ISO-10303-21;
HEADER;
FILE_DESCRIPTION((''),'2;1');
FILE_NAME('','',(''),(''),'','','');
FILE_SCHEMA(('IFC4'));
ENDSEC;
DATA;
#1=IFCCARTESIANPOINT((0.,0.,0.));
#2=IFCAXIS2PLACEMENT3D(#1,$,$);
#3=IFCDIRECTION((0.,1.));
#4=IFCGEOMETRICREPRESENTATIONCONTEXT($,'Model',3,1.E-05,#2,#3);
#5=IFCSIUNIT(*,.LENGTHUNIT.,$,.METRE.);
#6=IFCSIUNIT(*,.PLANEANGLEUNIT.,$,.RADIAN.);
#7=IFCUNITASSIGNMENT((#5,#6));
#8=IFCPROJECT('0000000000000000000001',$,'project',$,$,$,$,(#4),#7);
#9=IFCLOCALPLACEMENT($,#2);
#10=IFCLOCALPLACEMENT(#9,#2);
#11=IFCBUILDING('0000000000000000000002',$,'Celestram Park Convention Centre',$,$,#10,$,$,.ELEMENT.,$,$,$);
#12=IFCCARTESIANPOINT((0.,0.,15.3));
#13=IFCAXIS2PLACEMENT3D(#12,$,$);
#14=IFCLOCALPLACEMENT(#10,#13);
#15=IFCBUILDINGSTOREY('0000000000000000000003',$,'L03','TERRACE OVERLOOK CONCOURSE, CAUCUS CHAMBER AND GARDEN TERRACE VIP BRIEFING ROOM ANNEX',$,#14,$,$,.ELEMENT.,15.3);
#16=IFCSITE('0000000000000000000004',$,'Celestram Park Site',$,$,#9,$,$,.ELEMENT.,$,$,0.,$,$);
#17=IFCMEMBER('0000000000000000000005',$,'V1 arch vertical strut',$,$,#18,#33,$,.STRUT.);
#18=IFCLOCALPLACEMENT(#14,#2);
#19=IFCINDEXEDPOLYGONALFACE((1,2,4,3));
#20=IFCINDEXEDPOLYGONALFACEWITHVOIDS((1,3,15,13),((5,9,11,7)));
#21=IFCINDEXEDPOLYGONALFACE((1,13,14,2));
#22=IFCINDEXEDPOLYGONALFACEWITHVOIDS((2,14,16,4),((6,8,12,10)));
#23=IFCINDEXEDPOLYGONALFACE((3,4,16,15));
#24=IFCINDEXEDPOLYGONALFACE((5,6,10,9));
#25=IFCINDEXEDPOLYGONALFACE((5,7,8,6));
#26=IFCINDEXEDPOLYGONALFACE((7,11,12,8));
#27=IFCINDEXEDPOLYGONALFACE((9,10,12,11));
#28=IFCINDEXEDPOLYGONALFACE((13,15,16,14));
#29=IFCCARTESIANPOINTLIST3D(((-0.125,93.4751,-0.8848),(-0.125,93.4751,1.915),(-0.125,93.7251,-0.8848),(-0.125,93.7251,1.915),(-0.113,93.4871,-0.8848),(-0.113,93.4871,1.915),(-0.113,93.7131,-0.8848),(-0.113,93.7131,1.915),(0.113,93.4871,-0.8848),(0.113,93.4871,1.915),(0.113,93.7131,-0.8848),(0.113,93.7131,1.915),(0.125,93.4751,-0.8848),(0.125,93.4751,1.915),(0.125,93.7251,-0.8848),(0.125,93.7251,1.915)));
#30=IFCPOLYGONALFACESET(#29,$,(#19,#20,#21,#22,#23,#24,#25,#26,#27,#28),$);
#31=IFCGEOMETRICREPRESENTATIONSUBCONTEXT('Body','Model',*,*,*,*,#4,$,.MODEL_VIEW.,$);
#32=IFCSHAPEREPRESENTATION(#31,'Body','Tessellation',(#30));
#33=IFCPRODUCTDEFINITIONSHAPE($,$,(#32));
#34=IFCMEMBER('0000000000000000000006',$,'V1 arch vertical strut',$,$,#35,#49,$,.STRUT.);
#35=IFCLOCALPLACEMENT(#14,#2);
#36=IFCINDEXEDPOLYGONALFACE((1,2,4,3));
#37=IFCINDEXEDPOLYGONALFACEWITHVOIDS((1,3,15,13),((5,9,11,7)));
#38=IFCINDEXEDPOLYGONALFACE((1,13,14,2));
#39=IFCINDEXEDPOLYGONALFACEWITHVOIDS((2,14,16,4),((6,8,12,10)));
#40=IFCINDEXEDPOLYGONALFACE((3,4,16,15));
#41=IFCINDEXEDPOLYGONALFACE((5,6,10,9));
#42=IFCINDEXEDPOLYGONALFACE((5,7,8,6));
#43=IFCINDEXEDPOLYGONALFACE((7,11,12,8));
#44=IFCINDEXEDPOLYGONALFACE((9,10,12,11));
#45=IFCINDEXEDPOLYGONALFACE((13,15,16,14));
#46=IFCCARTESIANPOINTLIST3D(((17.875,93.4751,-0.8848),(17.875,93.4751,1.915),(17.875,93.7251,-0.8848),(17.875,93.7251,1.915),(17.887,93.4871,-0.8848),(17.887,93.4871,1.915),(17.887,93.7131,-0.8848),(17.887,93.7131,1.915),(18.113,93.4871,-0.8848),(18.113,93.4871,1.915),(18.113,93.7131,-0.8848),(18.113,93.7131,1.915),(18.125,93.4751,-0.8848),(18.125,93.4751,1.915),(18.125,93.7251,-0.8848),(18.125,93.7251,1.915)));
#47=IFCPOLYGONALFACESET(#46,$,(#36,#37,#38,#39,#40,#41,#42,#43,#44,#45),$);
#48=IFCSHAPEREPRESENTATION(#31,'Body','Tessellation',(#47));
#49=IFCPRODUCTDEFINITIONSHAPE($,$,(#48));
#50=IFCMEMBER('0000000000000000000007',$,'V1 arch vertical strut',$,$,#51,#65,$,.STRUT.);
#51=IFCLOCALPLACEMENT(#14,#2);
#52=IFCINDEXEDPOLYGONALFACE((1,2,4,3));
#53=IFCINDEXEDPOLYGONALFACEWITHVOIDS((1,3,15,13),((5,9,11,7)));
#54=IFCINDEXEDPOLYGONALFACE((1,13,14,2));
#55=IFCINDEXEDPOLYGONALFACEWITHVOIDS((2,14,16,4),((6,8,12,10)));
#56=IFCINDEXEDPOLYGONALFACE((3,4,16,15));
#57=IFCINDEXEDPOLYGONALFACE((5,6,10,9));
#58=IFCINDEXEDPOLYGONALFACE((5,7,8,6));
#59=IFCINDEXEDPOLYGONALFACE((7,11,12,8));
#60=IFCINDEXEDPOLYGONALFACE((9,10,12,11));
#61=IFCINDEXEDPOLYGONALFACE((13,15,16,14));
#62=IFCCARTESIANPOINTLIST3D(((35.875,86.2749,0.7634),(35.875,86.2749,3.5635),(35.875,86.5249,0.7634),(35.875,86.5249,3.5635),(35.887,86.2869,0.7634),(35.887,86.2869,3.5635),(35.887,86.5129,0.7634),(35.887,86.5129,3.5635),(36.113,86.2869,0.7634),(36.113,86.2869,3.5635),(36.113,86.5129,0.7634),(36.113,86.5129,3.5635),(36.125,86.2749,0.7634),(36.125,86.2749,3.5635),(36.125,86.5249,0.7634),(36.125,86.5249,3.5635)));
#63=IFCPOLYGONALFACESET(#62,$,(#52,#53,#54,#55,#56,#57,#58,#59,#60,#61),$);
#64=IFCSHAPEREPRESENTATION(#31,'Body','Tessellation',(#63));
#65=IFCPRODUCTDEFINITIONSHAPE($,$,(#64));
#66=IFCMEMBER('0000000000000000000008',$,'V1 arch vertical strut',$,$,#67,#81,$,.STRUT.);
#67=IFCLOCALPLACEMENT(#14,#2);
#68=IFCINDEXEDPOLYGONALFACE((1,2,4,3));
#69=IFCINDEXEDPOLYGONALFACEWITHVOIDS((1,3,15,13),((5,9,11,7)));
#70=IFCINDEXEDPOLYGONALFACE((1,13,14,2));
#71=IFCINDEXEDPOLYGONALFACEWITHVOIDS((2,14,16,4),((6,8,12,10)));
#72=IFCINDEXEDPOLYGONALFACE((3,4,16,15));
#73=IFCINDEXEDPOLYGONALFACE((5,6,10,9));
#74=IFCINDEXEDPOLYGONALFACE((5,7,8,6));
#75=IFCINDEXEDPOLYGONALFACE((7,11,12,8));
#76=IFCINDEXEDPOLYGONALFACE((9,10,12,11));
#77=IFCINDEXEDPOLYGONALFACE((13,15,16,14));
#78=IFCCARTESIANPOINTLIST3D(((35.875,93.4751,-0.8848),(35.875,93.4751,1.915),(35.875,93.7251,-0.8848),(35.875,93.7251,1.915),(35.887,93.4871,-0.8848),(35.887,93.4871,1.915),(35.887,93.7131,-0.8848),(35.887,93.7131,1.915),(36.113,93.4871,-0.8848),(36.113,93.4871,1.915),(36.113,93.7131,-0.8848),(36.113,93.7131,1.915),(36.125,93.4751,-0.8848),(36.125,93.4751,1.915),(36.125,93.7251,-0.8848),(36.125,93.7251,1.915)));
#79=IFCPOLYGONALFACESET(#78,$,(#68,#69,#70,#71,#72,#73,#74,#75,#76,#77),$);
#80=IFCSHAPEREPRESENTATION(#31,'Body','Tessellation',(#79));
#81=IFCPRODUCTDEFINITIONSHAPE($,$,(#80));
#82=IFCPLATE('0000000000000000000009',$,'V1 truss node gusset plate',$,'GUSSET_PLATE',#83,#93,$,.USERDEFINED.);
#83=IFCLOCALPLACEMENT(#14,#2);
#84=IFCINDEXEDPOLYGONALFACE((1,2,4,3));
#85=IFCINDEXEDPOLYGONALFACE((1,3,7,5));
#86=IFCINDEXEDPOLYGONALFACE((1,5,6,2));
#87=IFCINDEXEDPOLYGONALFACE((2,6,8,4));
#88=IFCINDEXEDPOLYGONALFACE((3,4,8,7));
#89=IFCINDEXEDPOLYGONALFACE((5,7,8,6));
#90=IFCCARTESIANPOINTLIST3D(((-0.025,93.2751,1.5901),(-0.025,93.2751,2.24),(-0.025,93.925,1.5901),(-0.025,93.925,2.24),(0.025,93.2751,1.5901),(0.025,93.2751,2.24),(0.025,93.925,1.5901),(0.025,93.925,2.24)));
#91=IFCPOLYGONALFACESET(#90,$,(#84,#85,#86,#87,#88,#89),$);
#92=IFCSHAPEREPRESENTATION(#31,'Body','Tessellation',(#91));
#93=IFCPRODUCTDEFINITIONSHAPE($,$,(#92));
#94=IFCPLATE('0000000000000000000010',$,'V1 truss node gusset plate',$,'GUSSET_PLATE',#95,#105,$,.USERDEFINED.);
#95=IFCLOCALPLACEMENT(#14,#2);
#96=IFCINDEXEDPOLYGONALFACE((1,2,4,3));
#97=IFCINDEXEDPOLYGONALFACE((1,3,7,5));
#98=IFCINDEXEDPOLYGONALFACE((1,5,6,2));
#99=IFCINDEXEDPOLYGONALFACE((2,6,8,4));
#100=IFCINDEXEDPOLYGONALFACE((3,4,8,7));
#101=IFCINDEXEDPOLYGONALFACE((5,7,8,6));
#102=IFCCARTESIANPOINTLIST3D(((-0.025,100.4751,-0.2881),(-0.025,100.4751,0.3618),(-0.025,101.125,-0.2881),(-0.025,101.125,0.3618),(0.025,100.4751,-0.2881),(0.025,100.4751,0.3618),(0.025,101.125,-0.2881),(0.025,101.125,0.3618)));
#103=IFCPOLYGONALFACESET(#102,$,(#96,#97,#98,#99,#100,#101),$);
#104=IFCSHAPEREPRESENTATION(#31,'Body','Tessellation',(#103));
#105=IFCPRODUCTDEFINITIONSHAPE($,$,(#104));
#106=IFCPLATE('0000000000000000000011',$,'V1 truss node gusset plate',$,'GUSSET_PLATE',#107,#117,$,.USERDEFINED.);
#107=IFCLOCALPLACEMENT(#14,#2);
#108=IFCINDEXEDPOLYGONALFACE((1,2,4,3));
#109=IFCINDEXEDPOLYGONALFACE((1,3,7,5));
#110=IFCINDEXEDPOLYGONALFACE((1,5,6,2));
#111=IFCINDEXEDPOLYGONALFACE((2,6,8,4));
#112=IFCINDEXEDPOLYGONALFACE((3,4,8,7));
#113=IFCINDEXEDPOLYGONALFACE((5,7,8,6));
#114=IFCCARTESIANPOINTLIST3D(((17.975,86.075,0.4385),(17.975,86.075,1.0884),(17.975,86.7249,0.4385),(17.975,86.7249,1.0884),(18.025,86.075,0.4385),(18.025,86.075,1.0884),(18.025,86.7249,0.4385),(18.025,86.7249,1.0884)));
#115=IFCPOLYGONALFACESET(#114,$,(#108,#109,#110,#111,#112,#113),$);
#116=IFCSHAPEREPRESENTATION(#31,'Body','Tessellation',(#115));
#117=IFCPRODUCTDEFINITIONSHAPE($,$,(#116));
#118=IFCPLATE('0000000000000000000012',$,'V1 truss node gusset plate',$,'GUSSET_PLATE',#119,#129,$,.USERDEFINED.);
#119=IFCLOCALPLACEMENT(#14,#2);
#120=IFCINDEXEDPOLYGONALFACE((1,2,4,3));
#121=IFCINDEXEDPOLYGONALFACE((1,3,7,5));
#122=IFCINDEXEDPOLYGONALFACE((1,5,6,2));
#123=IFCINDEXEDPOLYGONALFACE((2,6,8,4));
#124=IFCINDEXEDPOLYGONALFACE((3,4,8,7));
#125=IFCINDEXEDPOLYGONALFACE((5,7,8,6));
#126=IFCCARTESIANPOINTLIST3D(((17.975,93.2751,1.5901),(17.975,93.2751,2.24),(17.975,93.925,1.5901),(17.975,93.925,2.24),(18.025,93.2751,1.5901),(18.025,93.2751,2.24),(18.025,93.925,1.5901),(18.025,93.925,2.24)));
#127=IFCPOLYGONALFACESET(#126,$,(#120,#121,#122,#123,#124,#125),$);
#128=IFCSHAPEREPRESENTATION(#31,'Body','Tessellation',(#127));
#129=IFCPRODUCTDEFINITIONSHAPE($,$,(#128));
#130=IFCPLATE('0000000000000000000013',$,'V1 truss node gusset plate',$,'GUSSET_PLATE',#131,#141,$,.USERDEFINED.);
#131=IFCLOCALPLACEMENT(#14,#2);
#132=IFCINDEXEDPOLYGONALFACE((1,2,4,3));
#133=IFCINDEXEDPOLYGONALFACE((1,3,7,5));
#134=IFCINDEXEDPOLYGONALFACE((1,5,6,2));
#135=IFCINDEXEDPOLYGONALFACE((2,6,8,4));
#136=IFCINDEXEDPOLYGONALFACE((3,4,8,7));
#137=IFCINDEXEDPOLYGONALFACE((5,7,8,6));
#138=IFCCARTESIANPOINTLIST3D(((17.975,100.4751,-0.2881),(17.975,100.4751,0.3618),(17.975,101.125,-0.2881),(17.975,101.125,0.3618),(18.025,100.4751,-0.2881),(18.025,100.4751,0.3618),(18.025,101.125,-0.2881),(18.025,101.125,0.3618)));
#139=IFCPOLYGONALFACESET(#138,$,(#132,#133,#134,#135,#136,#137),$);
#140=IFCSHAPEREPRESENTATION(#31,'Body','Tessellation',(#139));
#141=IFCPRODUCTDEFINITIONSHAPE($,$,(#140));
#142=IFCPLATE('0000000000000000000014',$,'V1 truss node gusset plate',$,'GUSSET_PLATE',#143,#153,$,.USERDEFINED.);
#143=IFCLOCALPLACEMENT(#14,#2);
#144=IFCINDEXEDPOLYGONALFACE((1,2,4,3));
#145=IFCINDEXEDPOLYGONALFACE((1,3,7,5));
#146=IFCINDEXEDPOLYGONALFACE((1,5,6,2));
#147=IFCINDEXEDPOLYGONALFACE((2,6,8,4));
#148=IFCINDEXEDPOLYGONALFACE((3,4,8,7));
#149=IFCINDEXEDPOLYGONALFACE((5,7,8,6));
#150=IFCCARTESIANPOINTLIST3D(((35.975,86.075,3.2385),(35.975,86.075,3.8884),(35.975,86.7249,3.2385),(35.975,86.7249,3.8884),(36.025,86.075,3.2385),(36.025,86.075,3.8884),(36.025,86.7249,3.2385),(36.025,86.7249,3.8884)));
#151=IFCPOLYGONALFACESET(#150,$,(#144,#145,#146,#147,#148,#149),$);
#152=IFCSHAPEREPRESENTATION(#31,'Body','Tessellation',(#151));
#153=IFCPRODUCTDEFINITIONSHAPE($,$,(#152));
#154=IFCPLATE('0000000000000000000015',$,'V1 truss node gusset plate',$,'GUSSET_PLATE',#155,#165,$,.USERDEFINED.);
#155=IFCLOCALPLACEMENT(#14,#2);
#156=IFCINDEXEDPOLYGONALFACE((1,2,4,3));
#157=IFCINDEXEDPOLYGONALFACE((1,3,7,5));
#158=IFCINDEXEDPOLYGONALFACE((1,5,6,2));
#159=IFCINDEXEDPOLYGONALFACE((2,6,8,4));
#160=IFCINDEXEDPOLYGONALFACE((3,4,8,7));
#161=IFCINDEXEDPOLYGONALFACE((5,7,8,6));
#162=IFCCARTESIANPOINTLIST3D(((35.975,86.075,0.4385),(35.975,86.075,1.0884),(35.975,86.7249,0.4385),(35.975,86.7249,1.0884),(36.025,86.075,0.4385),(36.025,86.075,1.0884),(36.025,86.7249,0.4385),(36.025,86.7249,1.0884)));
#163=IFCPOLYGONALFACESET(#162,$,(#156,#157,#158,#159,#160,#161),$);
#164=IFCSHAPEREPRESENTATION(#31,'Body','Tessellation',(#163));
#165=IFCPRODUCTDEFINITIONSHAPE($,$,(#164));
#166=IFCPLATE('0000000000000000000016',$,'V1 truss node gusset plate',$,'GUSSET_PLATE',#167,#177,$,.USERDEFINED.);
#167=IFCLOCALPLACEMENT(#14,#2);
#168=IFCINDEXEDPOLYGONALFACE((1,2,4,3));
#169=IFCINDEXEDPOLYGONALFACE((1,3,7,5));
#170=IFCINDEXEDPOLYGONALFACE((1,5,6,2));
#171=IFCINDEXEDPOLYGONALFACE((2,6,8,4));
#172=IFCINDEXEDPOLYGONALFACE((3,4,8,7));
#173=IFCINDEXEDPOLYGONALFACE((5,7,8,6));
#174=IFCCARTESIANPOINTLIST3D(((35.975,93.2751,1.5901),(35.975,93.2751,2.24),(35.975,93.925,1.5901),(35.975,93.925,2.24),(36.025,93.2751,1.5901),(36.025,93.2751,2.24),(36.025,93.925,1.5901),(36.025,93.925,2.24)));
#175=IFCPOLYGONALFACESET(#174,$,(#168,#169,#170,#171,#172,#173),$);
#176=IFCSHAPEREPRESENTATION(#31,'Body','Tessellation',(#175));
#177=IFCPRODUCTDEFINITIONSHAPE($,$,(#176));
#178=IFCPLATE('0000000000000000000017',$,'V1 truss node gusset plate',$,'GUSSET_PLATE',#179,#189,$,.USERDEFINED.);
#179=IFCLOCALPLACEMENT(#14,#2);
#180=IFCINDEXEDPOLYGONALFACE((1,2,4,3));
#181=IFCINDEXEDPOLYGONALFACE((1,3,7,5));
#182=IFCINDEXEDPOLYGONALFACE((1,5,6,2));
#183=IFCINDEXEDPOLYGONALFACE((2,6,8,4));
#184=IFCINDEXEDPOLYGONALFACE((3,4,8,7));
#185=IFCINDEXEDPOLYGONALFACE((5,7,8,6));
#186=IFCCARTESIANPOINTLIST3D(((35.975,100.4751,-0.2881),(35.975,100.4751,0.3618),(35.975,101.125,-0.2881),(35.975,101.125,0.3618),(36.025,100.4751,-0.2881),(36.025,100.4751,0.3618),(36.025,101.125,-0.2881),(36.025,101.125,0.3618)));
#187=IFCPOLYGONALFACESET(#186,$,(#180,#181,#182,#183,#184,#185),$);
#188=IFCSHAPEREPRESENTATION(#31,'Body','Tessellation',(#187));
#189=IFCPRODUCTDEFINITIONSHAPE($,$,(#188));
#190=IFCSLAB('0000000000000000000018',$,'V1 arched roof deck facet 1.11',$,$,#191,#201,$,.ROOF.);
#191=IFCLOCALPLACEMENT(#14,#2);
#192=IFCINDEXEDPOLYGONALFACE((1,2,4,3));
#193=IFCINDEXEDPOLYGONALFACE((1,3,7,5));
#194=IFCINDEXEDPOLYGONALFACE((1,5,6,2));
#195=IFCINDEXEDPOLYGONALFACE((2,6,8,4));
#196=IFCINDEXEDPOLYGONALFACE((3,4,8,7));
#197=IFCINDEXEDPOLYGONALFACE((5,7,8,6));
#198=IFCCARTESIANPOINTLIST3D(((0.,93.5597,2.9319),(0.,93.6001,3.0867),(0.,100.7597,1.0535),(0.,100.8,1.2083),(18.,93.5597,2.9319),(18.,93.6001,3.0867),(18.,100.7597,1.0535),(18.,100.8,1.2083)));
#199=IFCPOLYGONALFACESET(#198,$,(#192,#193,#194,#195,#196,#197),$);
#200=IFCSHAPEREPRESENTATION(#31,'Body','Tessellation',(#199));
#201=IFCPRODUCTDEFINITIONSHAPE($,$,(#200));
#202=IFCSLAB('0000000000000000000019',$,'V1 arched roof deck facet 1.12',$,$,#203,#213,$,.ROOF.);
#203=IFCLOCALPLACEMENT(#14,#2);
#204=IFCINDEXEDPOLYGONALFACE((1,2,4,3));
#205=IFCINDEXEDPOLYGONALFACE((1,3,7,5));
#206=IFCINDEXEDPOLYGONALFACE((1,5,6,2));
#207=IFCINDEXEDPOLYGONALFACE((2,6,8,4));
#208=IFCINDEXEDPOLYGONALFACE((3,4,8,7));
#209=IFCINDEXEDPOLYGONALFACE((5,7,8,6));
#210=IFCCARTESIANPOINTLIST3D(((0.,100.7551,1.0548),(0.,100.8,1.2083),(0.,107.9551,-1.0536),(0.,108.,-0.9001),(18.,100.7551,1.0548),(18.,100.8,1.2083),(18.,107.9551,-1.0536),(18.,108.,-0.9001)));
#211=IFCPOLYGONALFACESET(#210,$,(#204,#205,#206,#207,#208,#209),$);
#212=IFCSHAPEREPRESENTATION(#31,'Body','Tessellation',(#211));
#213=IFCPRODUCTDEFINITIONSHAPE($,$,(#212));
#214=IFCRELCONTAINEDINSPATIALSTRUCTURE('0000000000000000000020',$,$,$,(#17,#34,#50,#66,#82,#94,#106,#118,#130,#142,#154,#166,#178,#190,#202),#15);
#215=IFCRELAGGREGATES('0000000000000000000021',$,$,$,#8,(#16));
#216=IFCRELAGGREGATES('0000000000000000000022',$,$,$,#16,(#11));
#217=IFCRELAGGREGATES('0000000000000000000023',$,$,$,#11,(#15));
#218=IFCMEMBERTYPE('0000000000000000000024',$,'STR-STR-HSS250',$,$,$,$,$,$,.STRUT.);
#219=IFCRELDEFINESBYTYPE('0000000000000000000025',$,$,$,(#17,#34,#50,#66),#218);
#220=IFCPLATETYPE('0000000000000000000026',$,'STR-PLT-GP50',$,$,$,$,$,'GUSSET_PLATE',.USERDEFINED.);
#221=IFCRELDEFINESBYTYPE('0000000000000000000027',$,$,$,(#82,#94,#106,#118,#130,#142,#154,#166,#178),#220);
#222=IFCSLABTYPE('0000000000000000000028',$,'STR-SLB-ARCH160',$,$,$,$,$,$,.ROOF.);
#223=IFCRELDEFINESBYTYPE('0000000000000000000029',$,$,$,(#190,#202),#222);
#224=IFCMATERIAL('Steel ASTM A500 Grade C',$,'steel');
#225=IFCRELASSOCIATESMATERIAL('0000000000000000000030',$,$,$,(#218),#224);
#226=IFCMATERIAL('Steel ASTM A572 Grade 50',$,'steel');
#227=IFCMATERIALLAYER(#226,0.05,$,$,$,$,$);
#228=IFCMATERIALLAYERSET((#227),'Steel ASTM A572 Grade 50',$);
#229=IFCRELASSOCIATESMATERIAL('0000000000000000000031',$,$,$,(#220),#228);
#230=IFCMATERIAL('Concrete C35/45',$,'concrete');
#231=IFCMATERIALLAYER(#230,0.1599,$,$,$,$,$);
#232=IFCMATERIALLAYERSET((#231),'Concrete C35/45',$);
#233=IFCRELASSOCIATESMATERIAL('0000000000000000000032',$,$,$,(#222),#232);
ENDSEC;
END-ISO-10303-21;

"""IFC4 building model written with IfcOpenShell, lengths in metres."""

from ifc_helpers import new_model, si_unit, direction, frame, origin, origin_2d, place, context, subcontext, project, spatial, polyline, rectangle, hollow_rectangle, outline, extrude, material, layer, layer_set, material_profile, profile_set, type_object, element, save


model = new_model("IFC4")

# Units and contexts
model_context = context("Model", 3, precision=1e-05, world=origin(), true_north=direction((0.0, 1.0)))
body_context = subcontext(model_context, "Body", "Model", "MODEL_VIEW")
ifc_project = project(units=[si_unit("LENGTHUNIT", "METRE"), si_unit("PLANEANGLEUNIT", "RADIAN")], contexts=[model_context])

# Site, building, storey
site_placement = place(None, origin())
site = spatial("IfcSite", under=ifc_project, at=site_placement, Name="Celestram Park Site", CompositionType="ELEMENT", RefElevation=0.0)
building_placement = place(site_placement, origin())
building = spatial("IfcBuilding", under=site, at=building_placement, Name="Celestram Park Convention Centre", CompositionType="ELEMENT")
storey_placement = place(building_placement, frame((0.0, 0.0, 15.3)))
storey = spatial("IfcBuildingStorey", under=building, at=storey_placement, Name="L03", Description="TERRACE OVERLOOK CONCOURSE, CAUCUS CHAMBER AND GARDEN TERRACE VIP BRIEFING ROOM ANNEX", CompositionType="ELEMENT", Elevation=15.3)

# Shared definitions
ifc_material_1 = material(Name="Steel ASTM A500 Grade C", Category="steel")

# Members
ifc_material_profile_1 = material_profile(ifc_material_1, hollow_rectangle(XDim=0.25, YDim=0.25, WallThickness=0.012, at=origin_2d()), Name="HSS250X250X12")
ifc_profile_set_1 = profile_set([ifc_material_profile_1], Name="Steel ASTM A500 Grade C")
member_type_1 = type_object("IfcMemberType", Name="STR-STR-HSS250", PredefinedType="STRUT", material=ifc_profile_set_1)
for number, where, z_axis, x_axis, name in (
    (1, (0.0, 93.6001, -0.8848), (0.0, 0.0, 1.0), (1.0, 0.0, 0.0), "V1 arch vertical strut"),
    (2, (18.0, 93.6001, -0.8848), (0.0, 0.0, 1.0), (1.0, 0.0, 0.0), "V1 arch vertical strut"),
):
    element("IfcMember", number, at=place(storey_placement, frame(where, z_axis=z_axis, x_axis=x_axis)), inside=storey, type_object=member_type_1, Name=name, PredefinedType="STRUT", context=body_context, shape_type="SweptSolid", body=[
        extrude(hollow_rectangle(XDim=0.25, YDim=0.25, WallThickness=0.012, at=origin_2d()), origin(), (0.0, 0.0, 1.0), 2.7998),
    ])
member_1_placement = place(storey_placement, frame((36.0, 86.3999, 0.7634), z_axis=(0.0, 0.0, 1.0), x_axis=(1.0, 0.0, 0.0)))
element("IfcMember", 3, at=member_1_placement, inside=storey, type_object=member_type_1, Name="V1 arch vertical strut", PredefinedType="STRUT", context=body_context, shape_type="SweptSolid", body=[
    extrude(hollow_rectangle(XDim=0.25, YDim=0.25, WallThickness=0.012, at=origin_2d()), origin(), (0.0, 0.0, 1.0), 2.8),
])
member_2_placement = place(storey_placement, frame((36.0, 93.6001, -0.8848), z_axis=(0.0, 0.0, 1.0), x_axis=(1.0, 0.0, 0.0)))
element("IfcMember", 4, at=member_2_placement, inside=storey, type_object=member_type_1, Name="V1 arch vertical strut", PredefinedType="STRUT", context=body_context, shape_type="SweptSolid", body=[
    extrude(hollow_rectangle(XDim=0.25, YDim=0.25, WallThickness=0.012, at=origin_2d()), origin(), (0.0, 0.0, 1.0), 2.7998),
])

# Plates
ifc_material_2 = material(Name="Steel ASTM A572 Grade 50", Category="steel")
ifc_layer_1 = layer(ifc_material_2, 0.05)
ifc_layer_set_1 = layer_set([ifc_layer_1], Name="Steel ASTM A572 Grade 50")
plate_type = type_object("IfcPlateType", Name="STR-PLT-GP50", ElementType="GUSSET_PLATE", PredefinedType="USERDEFINED", material=ifc_layer_set_1)
for number, where, z_axis, x_axis, name in (
    (5, (0.0, 93.6001, 1.5901), (0.0, 0.0, 1.0), (0.0, 1.0, 0.0), "V1 truss node gusset plate"),
    (6, (0.0, 100.8, -0.2881), (0.0, 0.0, 1.0), (0.0, 1.0, 0.0), "V1 truss node gusset plate"),
    (7, (18.0, 86.3999, 0.4385), (0.0, 0.0, 1.0), (0.0, 1.0, 0.0), "V1 truss node gusset plate"),
    (8, (18.0, 93.6001, 1.5901), (0.0, 0.0, 1.0), (0.0, 1.0, 0.0), "V1 truss node gusset plate"),
    (9, (18.0, 100.8, -0.2881), (0.0, 0.0, 1.0), (0.0, 1.0, 0.0), "V1 truss node gusset plate"),
    (10, (36.0, 86.3999, 3.2385), (0.0, 0.0, 1.0), (0.0, 1.0, 0.0), "V1 truss node gusset plate"),
    (11, (36.0, 86.3999, 0.4385), (0.0, 0.0, 1.0), (0.0, 1.0, 0.0), "V1 truss node gusset plate"),
    (12, (36.0, 93.6001, 1.5901), (0.0, 0.0, 1.0), (0.0, 1.0, 0.0), "V1 truss node gusset plate"),
    (13, (36.0, 100.8, -0.2881), (0.0, 0.0, 1.0), (0.0, 1.0, 0.0), "V1 truss node gusset plate"),
):
    element("IfcPlate", number, at=place(storey_placement, frame(where, z_axis=z_axis, x_axis=x_axis)), inside=storey, type_object=plate_type, Name=name, ObjectType="GUSSET_PLATE", PredefinedType="USERDEFINED", context=body_context, shape_type="SweptSolid", body=[
        extrude(rectangle(XDim=0.6499, YDim=0.05, at=origin_2d()), origin(), (0.0, 0.0, 1.0), 0.6499),
    ])

# Slabs
ifc_material_3 = material(Name="Concrete C35/45", Category="concrete")
ifc_layer_2 = layer(ifc_material_3, 0.1599)
ifc_layer_set_2 = layer_set([ifc_layer_2], Name="Concrete C35/45")
slab_type = type_object("IfcSlabType", Name="STR-SLB-ARCH160", PredefinedType="ROOF", material=ifc_layer_set_2)
slab_1_placement = place(storey_placement, frame((0.0, 93.6001, 3.0867), z_axis=(0.0, 0.252443, 0.967612), x_axis=(1.0, 0.0, 0.0)))
element("IfcSlab", 14, at=slab_1_placement, inside=storey, type_object=slab_type, Name="V1 arched roof deck facet 1.11", PredefinedType="ROOF", context=body_context, shape_type="SweptSolid", body=[
    extrude(outline(polyline([(0.0, 0.0), (18.0, 0.0), (18.0, 7.441), (0.0, 7.441), (0.0, 0.0)])), origin(), (0.0, 0.0, -1.0), 0.1599),
])
slab_2_placement = place(storey_placement, frame((0.0, 100.8, 1.2083), z_axis=(0.0, 0.281033, 0.959698), x_axis=(1.0, 0.0, 0.0)))
element("IfcSlab", 15, at=slab_2_placement, inside=storey, type_object=slab_type, Name="V1 arched roof deck facet 1.12", PredefinedType="ROOF", context=body_context, shape_type="SweptSolid", body=[
    extrude(outline(polyline([(0.0, 0.0), (18.0, 0.0), (18.0, 7.5023), (0.0, 7.5023), (0.0, 0.0)])), origin(), (0.0, 0.0, -1.0), 0.1599),
])

save(model, "model.ifc")
